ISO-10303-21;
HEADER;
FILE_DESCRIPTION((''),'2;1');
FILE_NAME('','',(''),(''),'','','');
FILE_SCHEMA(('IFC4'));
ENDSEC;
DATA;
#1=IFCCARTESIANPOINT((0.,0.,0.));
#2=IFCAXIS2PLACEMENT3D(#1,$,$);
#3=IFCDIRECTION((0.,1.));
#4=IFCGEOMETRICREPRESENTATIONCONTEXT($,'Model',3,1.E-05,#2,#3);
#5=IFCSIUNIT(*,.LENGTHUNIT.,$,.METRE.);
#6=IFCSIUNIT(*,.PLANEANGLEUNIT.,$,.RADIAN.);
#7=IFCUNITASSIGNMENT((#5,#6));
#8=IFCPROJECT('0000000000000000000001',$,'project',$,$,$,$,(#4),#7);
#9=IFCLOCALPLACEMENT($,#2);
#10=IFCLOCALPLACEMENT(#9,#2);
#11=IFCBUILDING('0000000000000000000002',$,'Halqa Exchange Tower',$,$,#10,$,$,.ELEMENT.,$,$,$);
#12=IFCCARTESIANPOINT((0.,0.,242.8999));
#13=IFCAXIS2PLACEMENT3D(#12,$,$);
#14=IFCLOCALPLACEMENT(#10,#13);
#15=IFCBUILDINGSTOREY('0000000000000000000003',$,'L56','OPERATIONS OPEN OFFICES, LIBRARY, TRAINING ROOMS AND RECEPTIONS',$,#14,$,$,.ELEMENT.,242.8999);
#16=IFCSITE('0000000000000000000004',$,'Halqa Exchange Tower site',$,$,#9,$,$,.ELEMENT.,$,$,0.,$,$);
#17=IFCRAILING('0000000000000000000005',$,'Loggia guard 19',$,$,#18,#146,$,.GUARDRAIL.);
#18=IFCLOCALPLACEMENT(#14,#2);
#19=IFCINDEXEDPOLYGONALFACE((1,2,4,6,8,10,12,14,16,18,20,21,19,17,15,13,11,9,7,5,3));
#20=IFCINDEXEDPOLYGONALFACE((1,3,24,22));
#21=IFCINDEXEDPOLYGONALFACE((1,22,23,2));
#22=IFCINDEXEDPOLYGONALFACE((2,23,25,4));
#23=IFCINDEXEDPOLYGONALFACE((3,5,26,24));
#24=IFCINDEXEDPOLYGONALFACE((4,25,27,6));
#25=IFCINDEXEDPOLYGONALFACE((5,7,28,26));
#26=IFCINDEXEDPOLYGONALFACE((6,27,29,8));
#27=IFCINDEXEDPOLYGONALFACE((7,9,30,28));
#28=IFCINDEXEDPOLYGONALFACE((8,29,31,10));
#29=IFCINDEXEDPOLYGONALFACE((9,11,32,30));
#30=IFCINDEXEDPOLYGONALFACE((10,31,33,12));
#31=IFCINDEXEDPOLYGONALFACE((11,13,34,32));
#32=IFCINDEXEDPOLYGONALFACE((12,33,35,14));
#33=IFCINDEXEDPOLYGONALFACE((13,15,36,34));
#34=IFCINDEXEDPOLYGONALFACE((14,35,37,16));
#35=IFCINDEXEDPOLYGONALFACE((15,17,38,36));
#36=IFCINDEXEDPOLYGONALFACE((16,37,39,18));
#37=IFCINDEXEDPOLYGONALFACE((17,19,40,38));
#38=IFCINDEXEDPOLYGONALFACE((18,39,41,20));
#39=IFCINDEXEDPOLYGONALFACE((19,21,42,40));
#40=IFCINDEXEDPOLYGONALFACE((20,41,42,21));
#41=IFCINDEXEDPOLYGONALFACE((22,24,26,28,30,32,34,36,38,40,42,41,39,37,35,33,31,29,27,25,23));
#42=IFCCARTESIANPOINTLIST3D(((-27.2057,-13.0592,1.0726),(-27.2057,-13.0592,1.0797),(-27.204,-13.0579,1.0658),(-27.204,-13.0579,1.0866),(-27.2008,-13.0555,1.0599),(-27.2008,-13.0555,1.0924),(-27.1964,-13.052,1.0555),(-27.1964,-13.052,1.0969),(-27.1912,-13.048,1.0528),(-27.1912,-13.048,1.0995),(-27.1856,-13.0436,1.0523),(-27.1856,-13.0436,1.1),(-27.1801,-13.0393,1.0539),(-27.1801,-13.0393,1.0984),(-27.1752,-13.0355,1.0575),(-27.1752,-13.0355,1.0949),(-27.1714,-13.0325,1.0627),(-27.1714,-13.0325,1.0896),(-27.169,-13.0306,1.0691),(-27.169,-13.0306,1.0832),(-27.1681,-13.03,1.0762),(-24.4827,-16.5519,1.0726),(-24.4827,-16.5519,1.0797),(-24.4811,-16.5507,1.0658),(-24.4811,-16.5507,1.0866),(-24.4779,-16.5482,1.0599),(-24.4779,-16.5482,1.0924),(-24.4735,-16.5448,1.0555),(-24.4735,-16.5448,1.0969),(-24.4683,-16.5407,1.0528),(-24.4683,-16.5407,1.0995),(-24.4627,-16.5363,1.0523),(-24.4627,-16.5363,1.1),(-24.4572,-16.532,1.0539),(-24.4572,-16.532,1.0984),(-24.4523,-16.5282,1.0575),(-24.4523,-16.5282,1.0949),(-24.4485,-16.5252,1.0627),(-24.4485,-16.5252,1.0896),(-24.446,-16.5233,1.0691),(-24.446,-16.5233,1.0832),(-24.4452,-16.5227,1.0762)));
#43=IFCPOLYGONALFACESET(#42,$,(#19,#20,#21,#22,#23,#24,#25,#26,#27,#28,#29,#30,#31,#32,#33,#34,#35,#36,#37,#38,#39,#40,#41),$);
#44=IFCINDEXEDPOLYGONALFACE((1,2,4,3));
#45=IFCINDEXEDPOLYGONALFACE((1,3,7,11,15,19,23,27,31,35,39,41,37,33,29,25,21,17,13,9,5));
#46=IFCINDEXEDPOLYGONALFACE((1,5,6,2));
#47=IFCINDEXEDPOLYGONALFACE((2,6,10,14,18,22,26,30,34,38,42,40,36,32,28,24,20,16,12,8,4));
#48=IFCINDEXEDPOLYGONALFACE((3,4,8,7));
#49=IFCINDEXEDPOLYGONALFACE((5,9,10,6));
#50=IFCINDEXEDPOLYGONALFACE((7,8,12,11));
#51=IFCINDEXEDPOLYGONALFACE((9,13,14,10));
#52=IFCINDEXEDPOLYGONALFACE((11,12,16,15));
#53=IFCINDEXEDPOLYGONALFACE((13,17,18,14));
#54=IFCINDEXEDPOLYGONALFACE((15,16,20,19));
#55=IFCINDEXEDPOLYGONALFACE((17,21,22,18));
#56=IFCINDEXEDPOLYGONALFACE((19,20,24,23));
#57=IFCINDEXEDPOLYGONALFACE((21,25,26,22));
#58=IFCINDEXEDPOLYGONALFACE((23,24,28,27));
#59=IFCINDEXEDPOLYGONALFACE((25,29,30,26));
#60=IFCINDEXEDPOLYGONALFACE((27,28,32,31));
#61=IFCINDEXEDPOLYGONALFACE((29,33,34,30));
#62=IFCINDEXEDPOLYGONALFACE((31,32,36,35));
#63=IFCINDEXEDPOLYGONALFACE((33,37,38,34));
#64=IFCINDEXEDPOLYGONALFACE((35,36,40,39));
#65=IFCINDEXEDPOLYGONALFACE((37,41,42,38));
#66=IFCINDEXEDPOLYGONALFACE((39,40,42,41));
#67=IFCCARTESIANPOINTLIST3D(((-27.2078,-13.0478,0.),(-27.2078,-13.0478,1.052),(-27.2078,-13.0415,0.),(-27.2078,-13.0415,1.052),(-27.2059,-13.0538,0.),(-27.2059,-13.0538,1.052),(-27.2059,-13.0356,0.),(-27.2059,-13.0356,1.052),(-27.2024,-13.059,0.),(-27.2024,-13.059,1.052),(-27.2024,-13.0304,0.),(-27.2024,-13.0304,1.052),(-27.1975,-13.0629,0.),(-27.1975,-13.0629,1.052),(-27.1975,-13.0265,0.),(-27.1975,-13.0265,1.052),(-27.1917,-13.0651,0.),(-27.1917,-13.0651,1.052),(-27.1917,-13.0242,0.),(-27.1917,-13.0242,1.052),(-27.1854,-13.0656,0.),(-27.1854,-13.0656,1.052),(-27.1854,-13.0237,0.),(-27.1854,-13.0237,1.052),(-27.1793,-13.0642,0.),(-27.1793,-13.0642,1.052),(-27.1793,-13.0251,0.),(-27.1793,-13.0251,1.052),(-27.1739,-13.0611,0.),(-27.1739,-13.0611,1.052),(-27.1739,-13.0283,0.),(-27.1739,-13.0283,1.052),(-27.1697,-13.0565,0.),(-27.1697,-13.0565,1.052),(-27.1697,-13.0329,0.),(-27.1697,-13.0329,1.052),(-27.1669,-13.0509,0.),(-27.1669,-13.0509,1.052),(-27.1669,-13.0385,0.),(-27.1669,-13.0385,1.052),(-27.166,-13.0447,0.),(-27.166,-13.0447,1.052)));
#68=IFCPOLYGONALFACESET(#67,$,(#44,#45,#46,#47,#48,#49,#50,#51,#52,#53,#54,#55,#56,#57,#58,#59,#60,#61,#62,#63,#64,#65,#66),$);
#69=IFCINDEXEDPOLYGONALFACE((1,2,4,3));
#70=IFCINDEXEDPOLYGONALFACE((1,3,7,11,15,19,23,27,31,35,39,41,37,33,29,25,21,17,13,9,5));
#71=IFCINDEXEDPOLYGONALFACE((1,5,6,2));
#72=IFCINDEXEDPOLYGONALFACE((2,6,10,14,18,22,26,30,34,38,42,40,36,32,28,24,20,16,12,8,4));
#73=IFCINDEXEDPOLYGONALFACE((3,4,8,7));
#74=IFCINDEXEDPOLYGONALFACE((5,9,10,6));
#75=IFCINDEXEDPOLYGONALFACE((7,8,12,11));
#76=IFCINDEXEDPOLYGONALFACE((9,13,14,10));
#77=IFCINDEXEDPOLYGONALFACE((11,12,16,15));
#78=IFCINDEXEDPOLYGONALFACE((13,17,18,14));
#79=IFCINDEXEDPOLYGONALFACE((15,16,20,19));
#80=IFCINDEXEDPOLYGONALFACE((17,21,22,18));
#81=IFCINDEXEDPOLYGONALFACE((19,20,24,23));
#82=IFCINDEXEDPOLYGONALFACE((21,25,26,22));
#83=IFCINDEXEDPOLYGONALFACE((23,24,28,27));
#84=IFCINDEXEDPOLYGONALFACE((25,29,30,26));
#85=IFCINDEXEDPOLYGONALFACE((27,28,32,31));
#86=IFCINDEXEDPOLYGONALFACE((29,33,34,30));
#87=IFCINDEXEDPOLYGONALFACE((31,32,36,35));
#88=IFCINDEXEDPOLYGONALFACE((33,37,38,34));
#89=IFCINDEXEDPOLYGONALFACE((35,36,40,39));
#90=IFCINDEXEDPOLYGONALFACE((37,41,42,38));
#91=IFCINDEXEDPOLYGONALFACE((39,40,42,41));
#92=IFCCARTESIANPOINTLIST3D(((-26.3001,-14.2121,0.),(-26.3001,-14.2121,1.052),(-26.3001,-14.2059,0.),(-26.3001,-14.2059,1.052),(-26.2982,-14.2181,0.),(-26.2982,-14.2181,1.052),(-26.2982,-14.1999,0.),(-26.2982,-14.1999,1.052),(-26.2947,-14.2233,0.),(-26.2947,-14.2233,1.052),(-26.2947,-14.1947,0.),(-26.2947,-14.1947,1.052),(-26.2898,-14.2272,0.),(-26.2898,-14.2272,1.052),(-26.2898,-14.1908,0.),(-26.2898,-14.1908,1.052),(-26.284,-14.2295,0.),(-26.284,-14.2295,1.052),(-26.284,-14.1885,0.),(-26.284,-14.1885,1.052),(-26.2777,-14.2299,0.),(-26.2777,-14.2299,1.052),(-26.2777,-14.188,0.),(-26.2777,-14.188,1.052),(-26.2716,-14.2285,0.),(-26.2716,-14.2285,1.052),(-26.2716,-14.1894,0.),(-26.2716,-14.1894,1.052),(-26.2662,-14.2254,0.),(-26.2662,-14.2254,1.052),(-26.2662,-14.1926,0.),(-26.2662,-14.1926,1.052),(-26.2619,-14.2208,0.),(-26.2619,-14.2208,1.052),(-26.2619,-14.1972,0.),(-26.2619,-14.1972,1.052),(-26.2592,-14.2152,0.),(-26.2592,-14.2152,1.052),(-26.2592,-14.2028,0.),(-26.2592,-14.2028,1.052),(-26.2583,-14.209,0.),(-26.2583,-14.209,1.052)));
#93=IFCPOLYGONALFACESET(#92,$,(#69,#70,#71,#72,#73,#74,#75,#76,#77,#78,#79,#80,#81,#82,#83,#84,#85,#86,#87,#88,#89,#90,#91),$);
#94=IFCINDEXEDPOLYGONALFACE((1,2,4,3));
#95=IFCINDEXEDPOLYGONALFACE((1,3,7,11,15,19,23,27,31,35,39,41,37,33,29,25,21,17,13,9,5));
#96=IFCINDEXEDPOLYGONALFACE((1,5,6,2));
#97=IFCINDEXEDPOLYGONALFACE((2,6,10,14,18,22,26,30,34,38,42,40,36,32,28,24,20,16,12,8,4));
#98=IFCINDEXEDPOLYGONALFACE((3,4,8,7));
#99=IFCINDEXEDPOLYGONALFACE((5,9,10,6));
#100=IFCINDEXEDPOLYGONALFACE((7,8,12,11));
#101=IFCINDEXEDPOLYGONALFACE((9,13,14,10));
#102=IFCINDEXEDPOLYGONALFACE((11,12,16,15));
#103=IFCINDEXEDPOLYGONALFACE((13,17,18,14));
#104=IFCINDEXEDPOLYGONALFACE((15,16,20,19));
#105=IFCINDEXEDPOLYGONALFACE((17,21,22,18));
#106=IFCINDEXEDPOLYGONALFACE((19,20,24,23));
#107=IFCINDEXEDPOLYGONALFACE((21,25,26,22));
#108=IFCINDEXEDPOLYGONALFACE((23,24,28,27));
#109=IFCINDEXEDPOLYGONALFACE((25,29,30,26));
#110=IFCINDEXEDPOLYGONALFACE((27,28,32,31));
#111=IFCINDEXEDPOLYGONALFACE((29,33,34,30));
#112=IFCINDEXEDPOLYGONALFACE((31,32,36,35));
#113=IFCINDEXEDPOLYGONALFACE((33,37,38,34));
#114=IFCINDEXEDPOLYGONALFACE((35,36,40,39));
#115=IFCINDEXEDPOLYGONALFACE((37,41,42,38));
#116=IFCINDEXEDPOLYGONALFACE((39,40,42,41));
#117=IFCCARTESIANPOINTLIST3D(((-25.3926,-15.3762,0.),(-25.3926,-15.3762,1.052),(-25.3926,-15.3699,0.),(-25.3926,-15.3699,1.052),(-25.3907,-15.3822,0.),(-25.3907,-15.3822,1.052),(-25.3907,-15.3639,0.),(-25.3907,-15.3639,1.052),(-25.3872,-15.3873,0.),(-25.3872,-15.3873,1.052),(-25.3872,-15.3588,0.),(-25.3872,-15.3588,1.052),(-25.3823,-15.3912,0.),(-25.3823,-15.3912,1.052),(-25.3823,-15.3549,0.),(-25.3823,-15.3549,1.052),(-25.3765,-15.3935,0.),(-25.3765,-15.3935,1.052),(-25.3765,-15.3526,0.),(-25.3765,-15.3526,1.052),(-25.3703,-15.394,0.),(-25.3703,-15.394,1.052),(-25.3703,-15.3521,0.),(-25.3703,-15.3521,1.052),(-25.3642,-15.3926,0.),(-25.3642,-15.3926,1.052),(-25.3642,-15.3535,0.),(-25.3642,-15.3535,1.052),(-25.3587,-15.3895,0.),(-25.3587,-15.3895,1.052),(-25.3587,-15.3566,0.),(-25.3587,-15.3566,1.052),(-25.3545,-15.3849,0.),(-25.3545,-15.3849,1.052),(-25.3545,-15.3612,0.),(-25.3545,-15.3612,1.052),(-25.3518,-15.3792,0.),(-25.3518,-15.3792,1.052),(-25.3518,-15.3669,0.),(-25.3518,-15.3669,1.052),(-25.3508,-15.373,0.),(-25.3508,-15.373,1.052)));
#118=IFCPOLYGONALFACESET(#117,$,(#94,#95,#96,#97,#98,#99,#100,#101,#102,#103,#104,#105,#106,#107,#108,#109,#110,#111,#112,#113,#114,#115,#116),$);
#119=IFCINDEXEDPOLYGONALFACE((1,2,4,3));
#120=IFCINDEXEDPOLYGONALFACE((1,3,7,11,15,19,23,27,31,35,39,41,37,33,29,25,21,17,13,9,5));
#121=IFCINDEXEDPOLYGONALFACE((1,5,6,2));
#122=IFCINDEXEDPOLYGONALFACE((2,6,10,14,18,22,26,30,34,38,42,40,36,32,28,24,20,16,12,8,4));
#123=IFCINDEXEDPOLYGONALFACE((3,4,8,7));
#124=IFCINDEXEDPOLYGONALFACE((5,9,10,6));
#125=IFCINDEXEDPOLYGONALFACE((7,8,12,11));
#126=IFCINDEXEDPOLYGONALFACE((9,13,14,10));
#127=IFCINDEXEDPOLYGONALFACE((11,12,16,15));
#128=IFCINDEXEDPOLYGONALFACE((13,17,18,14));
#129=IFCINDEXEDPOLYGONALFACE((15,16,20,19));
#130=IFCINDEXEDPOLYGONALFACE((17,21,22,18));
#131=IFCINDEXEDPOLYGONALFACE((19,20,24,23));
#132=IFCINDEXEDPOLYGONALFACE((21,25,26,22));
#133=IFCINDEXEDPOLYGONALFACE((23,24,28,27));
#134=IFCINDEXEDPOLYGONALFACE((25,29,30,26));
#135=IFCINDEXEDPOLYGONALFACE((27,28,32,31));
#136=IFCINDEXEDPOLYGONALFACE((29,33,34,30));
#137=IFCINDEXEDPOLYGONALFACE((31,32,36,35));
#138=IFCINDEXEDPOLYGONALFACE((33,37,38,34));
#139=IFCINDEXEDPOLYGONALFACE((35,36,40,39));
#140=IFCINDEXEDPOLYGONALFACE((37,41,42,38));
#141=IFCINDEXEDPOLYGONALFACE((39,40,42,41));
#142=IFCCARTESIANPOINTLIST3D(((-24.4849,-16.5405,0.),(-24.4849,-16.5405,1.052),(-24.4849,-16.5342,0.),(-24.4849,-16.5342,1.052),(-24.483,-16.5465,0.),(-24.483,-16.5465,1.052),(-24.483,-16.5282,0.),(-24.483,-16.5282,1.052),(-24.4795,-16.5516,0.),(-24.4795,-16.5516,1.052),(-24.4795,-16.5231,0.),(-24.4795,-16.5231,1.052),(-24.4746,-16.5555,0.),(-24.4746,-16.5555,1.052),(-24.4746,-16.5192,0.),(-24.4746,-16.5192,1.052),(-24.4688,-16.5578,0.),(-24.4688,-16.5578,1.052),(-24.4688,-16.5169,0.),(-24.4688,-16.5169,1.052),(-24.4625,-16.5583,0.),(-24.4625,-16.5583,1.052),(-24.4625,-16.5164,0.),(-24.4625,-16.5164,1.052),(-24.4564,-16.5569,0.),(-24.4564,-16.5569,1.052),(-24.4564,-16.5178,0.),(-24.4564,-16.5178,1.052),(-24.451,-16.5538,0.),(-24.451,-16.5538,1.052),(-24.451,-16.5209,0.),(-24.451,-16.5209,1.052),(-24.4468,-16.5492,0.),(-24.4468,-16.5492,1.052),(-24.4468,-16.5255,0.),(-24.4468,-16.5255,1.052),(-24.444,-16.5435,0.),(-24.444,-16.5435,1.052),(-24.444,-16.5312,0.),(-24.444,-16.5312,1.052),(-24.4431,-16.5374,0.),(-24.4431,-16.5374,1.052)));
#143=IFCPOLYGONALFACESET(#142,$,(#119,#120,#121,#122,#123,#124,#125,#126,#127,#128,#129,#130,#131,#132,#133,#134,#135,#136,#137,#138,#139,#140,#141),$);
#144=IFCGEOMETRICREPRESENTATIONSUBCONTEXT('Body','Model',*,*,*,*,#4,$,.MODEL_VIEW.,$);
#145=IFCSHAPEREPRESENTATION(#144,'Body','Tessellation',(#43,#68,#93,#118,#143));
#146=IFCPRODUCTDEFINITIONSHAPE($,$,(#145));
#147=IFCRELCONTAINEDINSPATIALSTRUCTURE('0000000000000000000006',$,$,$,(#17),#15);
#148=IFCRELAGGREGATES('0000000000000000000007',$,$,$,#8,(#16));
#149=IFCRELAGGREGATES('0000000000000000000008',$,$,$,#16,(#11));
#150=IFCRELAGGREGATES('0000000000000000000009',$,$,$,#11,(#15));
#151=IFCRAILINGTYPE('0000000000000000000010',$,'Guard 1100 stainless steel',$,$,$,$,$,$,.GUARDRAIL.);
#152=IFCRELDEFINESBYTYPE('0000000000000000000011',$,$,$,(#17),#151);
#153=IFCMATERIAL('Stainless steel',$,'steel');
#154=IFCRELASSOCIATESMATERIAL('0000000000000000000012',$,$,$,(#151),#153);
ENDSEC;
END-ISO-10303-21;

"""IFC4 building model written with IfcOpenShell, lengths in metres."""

from ifc_helpers import new_model, si_unit, direction, frame, origin, origin_2d, place, context, subcontext, project, spatial, circle, extrude, material, type_object, element, save


model = new_model("IFC4")

# Units and contexts
model_context = context("Model", 3, precision=1e-05, world=origin(), true_north=direction((0.0, 1.0)))
body_context = subcontext(model_context, "Body", "Model", "MODEL_VIEW")
ifc_project = project(units=[si_unit("LENGTHUNIT", "METRE"), si_unit("PLANEANGLEUNIT", "RADIAN")], contexts=[model_context])

# Site, building, storey
site_placement = place(None, origin())
site = spatial("IfcSite", under=ifc_project, at=site_placement, Name="Halqa Exchange Tower site", CompositionType="ELEMENT", RefElevation=0.0)
building_placement = place(site_placement, origin())
building = spatial("IfcBuilding", under=site, at=building_placement, Name="Halqa Exchange Tower", CompositionType="ELEMENT")
storey_placement = place(building_placement, frame((0.0, 0.0, 242.8999)))
storey = spatial("IfcBuildingStorey", under=building, at=storey_placement, Name="L56", Description="OPERATIONS OPEN OFFICES, LIBRARY, TRAINING ROOMS AND RECEPTIONS", CompositionType="ELEMENT", Elevation=242.8999)

# Railing
ifc_material_1 = material(Name="Stainless steel", Category="steel")
railing_type = type_object("IfcRailingType", Name="Guard 1100 stainless steel", PredefinedType="GUARDRAIL", material=ifc_material_1)
railing_1_placement = place(storey_placement, frame((-27.187, -13.0447, 0.0)))
element("IfcRailing", 1, at=railing_1_placement, inside=storey, type_object=railing_type, Name="Loggia guard 19", PredefinedType="GUARDRAIL", context=body_context, shape_type="SweptSolid", body=[
    extrude(circle(Radius=0.0239, at=origin_2d()), frame((0.0, 0.0, 1.0762), z_axis=(0.614837, -0.788654, 0.0), x_axis=(0.788654, 0.614837, 0.0)), (0.0, 0.0, 1.0), 4.4287),
    extrude(circle(Radius=0.021, at=origin_2d()), origin(), (0.0, 0.0, 1.0), 1.052),
    extrude(circle(Radius=0.021, at=origin_2d()), frame((0.9077, -1.1643, 0.0)), (0.0, 0.0, 1.0), 1.052),
    extrude(circle(Radius=0.021, at=origin_2d()), frame((1.8152, -2.3284, 0.0)), (0.0, 0.0, 1.0), 1.052),
    extrude(circle(Radius=0.021, at=origin_2d()), frame((2.7229, -3.4927, 0.0)), (0.0, 0.0, 1.0), 1.052),
])

save(model, "model.ifc")
